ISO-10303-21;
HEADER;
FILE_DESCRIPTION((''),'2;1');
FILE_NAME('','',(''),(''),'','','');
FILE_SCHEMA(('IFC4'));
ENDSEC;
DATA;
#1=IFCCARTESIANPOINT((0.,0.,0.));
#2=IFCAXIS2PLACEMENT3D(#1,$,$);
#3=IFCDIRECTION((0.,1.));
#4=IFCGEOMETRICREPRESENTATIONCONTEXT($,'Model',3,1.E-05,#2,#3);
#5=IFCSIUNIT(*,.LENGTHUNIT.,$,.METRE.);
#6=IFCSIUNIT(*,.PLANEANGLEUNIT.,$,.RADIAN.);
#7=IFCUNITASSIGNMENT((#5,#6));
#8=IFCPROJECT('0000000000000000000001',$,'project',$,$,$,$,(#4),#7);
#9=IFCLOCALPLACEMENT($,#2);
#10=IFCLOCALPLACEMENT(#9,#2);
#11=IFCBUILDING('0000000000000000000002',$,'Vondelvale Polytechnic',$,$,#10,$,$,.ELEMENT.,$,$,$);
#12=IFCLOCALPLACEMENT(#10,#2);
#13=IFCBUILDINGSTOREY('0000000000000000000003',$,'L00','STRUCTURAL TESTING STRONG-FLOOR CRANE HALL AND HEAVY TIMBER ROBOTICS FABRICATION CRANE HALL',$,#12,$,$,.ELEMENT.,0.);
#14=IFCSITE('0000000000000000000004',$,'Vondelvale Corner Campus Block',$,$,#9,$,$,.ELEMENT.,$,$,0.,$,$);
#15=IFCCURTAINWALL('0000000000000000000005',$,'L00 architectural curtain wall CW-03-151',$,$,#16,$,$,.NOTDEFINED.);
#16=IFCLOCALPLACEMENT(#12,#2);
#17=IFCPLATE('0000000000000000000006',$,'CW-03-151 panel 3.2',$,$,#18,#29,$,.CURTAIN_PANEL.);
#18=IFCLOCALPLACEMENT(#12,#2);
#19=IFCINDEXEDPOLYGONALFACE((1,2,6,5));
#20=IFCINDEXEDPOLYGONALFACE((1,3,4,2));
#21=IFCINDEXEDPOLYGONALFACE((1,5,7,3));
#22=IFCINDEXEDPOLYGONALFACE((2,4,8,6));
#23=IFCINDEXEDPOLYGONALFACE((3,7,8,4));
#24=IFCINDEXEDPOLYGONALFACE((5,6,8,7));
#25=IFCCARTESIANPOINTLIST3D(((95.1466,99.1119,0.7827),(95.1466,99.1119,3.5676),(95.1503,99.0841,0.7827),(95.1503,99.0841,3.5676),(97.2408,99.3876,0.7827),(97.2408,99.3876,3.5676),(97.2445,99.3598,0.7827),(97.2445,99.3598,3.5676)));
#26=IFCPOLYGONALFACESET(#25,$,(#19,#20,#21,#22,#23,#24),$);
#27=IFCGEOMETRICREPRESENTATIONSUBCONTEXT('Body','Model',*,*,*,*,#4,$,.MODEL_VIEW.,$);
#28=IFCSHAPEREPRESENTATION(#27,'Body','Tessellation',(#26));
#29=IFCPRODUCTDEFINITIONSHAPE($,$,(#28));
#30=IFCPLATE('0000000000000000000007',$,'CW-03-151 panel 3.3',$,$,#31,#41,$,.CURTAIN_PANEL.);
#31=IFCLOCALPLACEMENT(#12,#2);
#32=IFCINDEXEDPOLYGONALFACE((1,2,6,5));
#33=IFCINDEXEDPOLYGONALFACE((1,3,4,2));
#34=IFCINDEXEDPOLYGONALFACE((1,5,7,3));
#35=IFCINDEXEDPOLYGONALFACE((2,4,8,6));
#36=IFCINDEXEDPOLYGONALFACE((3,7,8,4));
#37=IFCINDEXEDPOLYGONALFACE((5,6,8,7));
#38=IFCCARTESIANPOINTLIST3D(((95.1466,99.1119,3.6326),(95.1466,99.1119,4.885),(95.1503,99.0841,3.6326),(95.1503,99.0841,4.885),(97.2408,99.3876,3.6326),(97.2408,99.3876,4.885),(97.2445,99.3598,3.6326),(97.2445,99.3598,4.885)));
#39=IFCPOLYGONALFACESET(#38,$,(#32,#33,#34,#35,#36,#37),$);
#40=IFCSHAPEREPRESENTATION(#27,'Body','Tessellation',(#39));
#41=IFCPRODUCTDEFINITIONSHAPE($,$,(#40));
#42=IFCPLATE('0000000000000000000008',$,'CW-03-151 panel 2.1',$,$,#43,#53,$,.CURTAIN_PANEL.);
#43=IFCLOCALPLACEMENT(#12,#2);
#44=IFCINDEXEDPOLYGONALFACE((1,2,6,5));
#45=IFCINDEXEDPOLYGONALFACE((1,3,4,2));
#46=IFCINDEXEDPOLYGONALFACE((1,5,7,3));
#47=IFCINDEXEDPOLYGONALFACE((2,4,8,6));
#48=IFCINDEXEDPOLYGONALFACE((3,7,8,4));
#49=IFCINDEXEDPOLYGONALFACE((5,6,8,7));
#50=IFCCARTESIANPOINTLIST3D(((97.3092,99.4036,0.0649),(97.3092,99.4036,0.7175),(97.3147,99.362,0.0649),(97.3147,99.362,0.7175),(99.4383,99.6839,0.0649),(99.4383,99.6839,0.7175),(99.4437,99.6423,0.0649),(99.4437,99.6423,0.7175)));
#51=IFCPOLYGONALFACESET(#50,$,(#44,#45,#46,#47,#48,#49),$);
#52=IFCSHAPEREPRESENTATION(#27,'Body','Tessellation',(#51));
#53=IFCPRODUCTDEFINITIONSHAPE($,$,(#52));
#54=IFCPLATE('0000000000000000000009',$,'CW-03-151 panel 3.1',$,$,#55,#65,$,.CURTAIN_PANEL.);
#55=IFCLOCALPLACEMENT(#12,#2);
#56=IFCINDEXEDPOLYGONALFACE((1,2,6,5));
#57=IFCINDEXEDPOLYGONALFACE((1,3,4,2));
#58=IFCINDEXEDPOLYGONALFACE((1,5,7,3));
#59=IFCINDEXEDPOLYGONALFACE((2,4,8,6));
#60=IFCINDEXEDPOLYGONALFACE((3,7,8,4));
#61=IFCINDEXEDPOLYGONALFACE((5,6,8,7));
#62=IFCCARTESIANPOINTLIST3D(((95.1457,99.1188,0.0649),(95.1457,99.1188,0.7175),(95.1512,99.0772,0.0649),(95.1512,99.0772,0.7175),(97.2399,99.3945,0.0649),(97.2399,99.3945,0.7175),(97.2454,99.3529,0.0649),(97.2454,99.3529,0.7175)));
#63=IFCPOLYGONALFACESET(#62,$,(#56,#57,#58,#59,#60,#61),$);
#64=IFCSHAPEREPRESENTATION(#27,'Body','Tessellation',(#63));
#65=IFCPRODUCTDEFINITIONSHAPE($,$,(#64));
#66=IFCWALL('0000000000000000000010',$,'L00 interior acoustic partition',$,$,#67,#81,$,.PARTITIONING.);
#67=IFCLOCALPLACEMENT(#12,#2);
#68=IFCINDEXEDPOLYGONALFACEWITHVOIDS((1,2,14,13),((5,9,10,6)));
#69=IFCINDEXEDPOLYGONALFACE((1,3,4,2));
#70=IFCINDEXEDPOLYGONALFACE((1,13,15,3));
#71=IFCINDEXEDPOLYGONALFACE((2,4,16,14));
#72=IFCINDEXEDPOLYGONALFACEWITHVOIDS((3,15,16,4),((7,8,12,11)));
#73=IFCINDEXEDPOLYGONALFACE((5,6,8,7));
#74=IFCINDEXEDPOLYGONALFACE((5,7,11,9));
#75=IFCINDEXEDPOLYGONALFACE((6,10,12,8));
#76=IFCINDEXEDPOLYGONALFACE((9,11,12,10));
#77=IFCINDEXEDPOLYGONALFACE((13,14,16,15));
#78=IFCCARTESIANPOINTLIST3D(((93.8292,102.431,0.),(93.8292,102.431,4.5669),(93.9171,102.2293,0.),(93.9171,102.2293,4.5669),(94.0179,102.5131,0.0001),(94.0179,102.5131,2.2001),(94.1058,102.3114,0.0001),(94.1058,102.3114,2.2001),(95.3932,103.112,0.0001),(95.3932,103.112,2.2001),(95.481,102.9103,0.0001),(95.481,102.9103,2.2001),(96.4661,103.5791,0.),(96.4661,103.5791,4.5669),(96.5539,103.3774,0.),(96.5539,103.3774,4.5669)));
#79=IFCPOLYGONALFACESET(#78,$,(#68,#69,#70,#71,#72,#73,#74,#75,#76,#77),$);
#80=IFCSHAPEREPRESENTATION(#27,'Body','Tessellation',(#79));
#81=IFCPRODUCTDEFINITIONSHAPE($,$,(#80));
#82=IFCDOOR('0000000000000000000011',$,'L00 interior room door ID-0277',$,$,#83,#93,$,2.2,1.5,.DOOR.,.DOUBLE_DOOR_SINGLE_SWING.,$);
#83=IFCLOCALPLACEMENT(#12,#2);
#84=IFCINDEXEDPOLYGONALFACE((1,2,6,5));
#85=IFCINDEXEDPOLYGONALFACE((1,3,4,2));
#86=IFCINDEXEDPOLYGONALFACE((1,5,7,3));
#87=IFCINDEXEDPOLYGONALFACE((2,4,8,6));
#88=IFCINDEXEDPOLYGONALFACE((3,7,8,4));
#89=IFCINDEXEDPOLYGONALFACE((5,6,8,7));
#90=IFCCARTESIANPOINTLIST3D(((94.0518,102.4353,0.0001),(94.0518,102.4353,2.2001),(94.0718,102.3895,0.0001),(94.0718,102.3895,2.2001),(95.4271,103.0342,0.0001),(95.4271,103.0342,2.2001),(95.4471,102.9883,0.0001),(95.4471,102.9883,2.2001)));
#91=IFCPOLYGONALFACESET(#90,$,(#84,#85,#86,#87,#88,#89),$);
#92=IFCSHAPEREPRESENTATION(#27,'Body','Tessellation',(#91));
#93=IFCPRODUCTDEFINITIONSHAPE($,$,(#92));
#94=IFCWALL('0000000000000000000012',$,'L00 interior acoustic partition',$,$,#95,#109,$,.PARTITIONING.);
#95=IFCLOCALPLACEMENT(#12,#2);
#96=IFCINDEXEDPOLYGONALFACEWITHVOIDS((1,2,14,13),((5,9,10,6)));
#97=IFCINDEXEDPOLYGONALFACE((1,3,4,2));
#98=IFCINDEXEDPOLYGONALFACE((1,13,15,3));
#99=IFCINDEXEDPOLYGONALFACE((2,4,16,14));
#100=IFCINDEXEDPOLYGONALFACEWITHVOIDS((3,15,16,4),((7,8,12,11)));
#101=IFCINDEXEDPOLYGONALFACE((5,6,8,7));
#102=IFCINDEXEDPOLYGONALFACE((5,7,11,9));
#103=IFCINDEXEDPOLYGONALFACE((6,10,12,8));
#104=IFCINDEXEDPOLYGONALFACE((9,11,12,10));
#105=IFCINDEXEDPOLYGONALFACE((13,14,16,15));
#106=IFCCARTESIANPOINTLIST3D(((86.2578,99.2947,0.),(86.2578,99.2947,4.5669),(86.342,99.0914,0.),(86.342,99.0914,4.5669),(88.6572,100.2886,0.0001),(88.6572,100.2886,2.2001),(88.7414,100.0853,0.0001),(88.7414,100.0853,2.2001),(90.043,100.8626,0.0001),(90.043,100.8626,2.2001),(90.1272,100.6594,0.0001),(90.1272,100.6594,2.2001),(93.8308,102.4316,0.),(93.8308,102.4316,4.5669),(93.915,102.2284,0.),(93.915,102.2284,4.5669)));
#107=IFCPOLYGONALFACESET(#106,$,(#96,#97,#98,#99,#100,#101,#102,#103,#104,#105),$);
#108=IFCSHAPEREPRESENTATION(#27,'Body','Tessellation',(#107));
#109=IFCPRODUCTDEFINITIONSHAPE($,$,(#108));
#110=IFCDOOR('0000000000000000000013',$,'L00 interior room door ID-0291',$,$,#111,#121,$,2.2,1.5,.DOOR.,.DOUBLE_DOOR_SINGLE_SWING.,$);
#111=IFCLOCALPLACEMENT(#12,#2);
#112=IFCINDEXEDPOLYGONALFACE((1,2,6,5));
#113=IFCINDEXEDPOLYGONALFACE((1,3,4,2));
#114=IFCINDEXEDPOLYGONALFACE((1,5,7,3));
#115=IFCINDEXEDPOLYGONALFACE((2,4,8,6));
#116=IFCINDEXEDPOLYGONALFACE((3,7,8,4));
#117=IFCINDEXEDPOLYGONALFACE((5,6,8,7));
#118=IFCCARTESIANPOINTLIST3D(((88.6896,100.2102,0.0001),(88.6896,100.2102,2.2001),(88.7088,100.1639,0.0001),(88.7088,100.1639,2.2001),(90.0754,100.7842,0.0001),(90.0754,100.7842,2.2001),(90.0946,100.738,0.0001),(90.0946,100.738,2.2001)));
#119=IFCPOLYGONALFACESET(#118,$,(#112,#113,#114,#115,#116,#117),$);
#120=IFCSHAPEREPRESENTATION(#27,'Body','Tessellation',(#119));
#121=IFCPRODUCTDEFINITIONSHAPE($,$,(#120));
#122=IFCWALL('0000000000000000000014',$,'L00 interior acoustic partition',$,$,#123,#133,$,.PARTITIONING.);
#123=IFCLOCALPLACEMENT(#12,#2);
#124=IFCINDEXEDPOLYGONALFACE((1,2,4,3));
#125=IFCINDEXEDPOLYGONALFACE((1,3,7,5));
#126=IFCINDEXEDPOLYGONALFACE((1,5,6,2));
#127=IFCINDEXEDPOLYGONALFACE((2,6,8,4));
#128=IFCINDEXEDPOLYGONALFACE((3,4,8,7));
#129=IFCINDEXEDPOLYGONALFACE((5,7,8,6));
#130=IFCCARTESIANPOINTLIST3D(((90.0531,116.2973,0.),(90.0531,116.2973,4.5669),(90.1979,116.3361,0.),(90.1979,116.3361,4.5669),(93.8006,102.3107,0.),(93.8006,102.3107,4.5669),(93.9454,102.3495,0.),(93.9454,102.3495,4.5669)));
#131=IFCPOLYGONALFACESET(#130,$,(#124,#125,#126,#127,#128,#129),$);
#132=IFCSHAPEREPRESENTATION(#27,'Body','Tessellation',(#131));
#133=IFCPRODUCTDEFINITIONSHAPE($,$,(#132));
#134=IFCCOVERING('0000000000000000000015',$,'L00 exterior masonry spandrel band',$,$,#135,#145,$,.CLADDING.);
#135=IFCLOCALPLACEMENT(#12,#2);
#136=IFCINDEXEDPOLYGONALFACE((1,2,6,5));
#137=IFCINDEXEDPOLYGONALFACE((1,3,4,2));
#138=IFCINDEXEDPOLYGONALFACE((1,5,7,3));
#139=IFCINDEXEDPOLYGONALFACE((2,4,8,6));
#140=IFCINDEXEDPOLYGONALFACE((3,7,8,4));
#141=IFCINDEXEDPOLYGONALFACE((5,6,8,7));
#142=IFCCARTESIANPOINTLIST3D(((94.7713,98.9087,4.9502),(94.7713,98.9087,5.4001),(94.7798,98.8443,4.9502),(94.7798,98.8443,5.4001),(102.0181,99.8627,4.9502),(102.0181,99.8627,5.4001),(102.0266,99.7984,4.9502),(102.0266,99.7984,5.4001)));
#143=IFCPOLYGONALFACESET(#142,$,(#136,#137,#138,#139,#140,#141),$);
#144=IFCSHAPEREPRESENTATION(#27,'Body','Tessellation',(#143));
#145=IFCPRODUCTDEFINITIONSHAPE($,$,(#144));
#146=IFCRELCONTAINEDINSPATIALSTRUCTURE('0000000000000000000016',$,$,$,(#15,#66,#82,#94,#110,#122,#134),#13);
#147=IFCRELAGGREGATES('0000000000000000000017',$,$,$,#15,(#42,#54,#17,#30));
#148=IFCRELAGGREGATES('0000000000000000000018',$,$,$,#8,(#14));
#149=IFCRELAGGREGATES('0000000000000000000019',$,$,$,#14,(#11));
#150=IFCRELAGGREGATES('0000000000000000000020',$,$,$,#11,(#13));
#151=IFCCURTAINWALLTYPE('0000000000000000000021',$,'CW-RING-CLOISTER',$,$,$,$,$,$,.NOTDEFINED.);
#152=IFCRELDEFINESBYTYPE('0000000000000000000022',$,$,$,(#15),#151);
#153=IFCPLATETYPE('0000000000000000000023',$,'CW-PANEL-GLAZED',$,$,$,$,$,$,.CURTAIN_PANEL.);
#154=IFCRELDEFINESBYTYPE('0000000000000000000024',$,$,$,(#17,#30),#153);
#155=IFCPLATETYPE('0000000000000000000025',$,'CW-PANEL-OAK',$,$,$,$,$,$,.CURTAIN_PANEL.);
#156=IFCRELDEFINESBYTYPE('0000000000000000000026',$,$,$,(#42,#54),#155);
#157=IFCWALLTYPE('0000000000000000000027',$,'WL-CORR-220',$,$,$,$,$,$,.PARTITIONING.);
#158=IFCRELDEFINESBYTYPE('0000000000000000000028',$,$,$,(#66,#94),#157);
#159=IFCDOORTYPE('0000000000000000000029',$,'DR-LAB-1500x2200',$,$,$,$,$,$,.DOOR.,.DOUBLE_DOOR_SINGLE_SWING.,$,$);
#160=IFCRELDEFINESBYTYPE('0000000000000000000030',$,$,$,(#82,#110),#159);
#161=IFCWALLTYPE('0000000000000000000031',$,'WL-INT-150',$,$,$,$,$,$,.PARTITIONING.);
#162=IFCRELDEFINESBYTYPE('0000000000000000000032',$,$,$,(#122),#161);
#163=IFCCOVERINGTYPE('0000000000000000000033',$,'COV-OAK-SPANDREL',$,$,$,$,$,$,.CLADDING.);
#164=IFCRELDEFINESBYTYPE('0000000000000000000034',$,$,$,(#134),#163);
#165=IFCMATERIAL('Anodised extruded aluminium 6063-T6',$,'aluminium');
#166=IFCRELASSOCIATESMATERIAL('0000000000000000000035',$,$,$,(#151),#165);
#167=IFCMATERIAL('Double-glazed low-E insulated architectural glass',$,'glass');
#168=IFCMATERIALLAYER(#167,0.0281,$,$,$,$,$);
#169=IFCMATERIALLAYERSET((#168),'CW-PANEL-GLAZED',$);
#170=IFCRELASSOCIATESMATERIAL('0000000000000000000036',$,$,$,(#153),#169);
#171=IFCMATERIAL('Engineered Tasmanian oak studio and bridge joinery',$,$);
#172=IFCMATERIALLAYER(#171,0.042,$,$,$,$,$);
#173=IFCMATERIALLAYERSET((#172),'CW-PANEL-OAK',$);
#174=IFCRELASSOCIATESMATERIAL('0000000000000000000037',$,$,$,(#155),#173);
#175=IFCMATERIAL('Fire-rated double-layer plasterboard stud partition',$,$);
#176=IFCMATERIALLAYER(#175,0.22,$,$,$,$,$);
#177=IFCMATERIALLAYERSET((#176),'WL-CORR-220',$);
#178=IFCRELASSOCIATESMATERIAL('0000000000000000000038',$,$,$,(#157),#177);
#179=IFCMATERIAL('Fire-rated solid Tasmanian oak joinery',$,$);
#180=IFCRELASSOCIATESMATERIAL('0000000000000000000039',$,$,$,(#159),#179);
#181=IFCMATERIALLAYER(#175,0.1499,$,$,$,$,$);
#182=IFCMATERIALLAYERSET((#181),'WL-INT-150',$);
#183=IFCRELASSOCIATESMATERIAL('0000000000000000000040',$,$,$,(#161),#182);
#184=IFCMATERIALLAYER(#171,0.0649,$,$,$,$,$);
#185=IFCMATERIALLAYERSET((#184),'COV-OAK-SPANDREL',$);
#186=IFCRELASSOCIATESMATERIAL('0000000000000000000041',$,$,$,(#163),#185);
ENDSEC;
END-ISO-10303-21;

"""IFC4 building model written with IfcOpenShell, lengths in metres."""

from ifc_helpers import new_model, si_unit, direction, frame, frame_2d, origin, origin_2d, place, context, subcontext, project, spatial, rectangle, extrude, material, layer, layer_set, type_object, element, fill, aggregate, save


model = new_model("IFC4")

# Units and contexts
model_context = context("Model", 3, precision=1e-05, world=origin(), true_north=direction((0.0, 1.0)))
body_context = subcontext(model_context, "Body", "Model", "MODEL_VIEW")
ifc_project = project(units=[si_unit("LENGTHUNIT", "METRE"), si_unit("PLANEANGLEUNIT", "RADIAN")], contexts=[model_context])

# Site, building, storey
site_placement = place(None, origin())
site = spatial("IfcSite", under=ifc_project, at=site_placement, Name="Vondelvale Corner Campus Block", CompositionType="ELEMENT", RefElevation=0.0)
building_placement = place(site_placement, origin())
building = spatial("IfcBuilding", under=site, at=building_placement, Name="Vondelvale Polytechnic", CompositionType="ELEMENT")
storey_placement = place(building_placement, origin())
storey = spatial("IfcBuildingStorey", under=building, at=storey_placement, Name="L00", Description="STRUCTURAL TESTING STRONG-FLOOR CRANE HALL AND HEAVY TIMBER ROBOTICS FABRICATION CRANE HALL", CompositionType="ELEMENT", Elevation=0.0)

# Curtain wall
ifc_material_1 = material(Name="Anodised extruded aluminium 6063-T6", Category="aluminium")
curtain_wall_type = type_object("IfcCurtainWallType", Name="CW-RING-CLOISTER", PredefinedType="NOTDEFINED", material=ifc_material_1)
curtain_wall_1_placement = place(storey_placement, origin())
curtain_wall_1 = element("IfcCurtainWall", 1, at=curtain_wall_1_placement, inside=storey, type_object=curtain_wall_type, Name="L00 architectural curtain wall CW-03-151", PredefinedType="NOTDEFINED")

# Plates
ifc_material_2 = material(Name="Double-glazed low-E insulated architectural glass", Category="glass")
ifc_layer_1 = layer(ifc_material_2, 0.0281)
ifc_layer_set_1 = layer_set([ifc_layer_1], Name="CW-PANEL-GLAZED")
plate_type_1 = type_object("IfcPlateType", Name="CW-PANEL-GLAZED", PredefinedType="CURTAIN_PANEL", material=ifc_layer_set_1)
plate_1_placement = place(storey_placement, frame((96.1956, 99.2358, 0.7827), z_axis=(0.0, 0.0, 1.0), x_axis=(-0.991445, -0.130528, 0.0)))
plate_1 = element("IfcPlate", 2, at=plate_1_placement, type_object=plate_type_1, Name="CW-03-151 panel 3.2", PredefinedType="CURTAIN_PANEL", context=body_context, shape_type="SweptSolid", body=[
    extrude(rectangle(XDim=2.1123, YDim=0.0281, at=origin_2d()), origin(), (0.0, 0.0, 1.0), 2.7849),
])
plate_2_placement = place(storey_placement, frame((96.1956, 99.2358, 3.6326), z_axis=(0.0, 0.0, 1.0), x_axis=(-0.991445, -0.130528, 0.0)))
plate_2 = element("IfcPlate", 3, at=plate_2_placement, type_object=plate_type_1, Name="CW-03-151 panel 3.3", PredefinedType="CURTAIN_PANEL", context=body_context, shape_type="SweptSolid", body=[
    extrude(rectangle(XDim=2.1123, YDim=0.0281, at=origin_2d()), origin(), (0.0, 0.0, 1.0), 1.2524),
])
ifc_material_3 = material(Name="Engineered Tasmanian oak studio and bridge joinery")
ifc_layer_2 = layer(ifc_material_3, 0.042)
ifc_layer_set_2 = layer_set([ifc_layer_2], Name="CW-PANEL-OAK")
plate_type_2 = type_object("IfcPlateType", Name="CW-PANEL-OAK", PredefinedType="CURTAIN_PANEL", material=ifc_layer_set_2)
plate_3_placement = place(storey_placement, frame((98.3765, 99.5229, 0.0649), z_axis=(0.0, 0.0, 1.0), x_axis=(-0.991445, -0.130528, 0.0)))
plate_3 = element("IfcPlate", 4, at=plate_3_placement, type_object=plate_type_2, Name="CW-03-151 panel 2.1", PredefinedType="CURTAIN_PANEL", context=body_context, shape_type="SweptSolid", body=[
    extrude(rectangle(XDim=2.1475, YDim=0.042, at=origin_2d()), origin(), (0.0, 0.0, 1.0), 0.6526),
])
plate_4_placement = place(storey_placement, frame((96.1956, 99.2358, 0.0649), z_axis=(0.0, 0.0, 1.0), x_axis=(-0.991445, -0.130528, 0.0)))
plate_4 = element("IfcPlate", 5, at=plate_4_placement, type_object=plate_type_2, Name="CW-03-151 panel 3.1", PredefinedType="CURTAIN_PANEL", context=body_context, shape_type="SweptSolid", body=[
    extrude(rectangle(XDim=2.1123, YDim=0.042, at=origin_2d()), origin(), (0.0, 0.0, 1.0), 0.6526),
])
aggregate(curtain_wall_1, [plate_3, plate_4, plate_1, plate_2])

# Walls, openings, doors
ifc_material_4 = material(Name="Fire-rated double-layer plasterboard stud partition")
ifc_layer_3 = layer(ifc_material_4, 0.22)
ifc_layer_set_3 = layer_set([ifc_layer_3], Name="WL-CORR-220")
wall_type_1 = type_object("IfcWallType", Name="WL-CORR-220", PredefinedType="PARTITIONING", material=ifc_layer_set_3)
wall_1_placement = place(storey_placement, frame((96.51, 103.4783, 0.0), z_axis=(0.0, 0.0, 1.0), x_axis=(-0.916855, -0.39922, 0.0)))
wall_1 = element("IfcWall", 6, at=wall_1_placement, inside=storey, type_object=wall_type_1, Name="L00 interior acoustic partition", PredefinedType="PARTITIONING", context=body_context, shape_type="SweptSolid", body=[
    extrude(rectangle(XDim=2.876, YDim=0.22, at=frame_2d((1.438, 0.0))), origin(), (0.0, 0.0, 1.0), 4.5669),
])
opening_1_placement = place(wall_1_placement, frame((1.1702, 0.0, 0.0)))
opening_1 = element("IfcOpeningElement", 7, at=opening_1_placement, cuts=wall_1, PredefinedType="OPENING", context=body_context, shape_type="SweptSolid", body=[
    extrude(rectangle(XDim=1.5, YDim=2.2, at=frame_2d((0.75, 1.1001))), frame((0.0, 0.1199, 0.0), z_axis=(0.0, -1.0, 0.0), x_axis=(1.0, 0.0, 0.0)), (0.0, 0.0, 1.0), 0.24),
])
ifc_material_5 = material(Name="Fire-rated solid Tasmanian oak joinery")
door_type = type_object("IfcDoorType", Name="DR-LAB-1500x2200", OperationType="DOUBLE_DOOR_SINGLE_SWING", PredefinedType="DOOR", material=ifc_material_5)
door_1_placement = place(opening_1_placement, origin())
door_1 = element("IfcDoor", 8, at=door_1_placement, inside=storey, type_object=door_type, Name="L00 interior room door ID-0277", OperationType="DOUBLE_DOOR_SINGLE_SWING", OverallHeight=2.2, OverallWidth=1.5, PredefinedType="DOOR", context=body_context, shape_type="SweptSolid", body=[
    extrude(rectangle(XDim=1.5, YDim=2.2, at=frame_2d((0.75, 1.1001))), frame((0.0, 0.0249, 0.0), z_axis=(0.0, -1.0, 0.0), x_axis=(1.0, 0.0, 0.0)), (0.0, 0.0, 1.0), 0.05),
])
fill(opening_1, door_1)
wall_2_placement = place(storey_placement, frame((93.873, 102.3301, 0.0), z_axis=(0.0, 0.0, 1.0), x_axis=(-0.923874, -0.382696, 0.0)))
wall_2 = element("IfcWall", 9, at=wall_2_placement, inside=storey, type_object=wall_type_1, Name="L00 interior acoustic partition", PredefinedType="PARTITIONING", context=body_context, shape_type="SweptSolid", body=[
    extrude(rectangle(XDim=8.197, YDim=0.22, at=frame_2d((4.0986, 0.0))), origin(), (0.0, 0.0, 1.0), 4.5669),
])
opening_2_placement = place(wall_2_placement, frame((4.1001, 0.0, 0.0)))
opening_2 = element("IfcOpeningElement", 10, at=opening_2_placement, cuts=wall_2, PredefinedType="OPENING", context=body_context, shape_type="SweptSolid", body=[
    extrude(rectangle(XDim=1.5, YDim=2.2, at=frame_2d((0.75, 1.1001))), frame((0.0, 0.1199, 0.0), z_axis=(0.0, -1.0, 0.0), x_axis=(1.0, 0.0, 0.0)), (0.0, 0.0, 1.0), 0.24),
])
door_2_placement = place(opening_2_placement, origin())
door_2 = element("IfcDoor", 11, at=door_2_placement, inside=storey, type_object=door_type, Name="L00 interior room door ID-0291", OperationType="DOUBLE_DOOR_SINGLE_SWING", OverallHeight=2.2, OverallWidth=1.5, PredefinedType="DOOR", context=body_context, shape_type="SweptSolid", body=[
    extrude(rectangle(XDim=1.5, YDim=2.2, at=frame_2d((0.75, 1.1001))), frame((0.0, 0.0249, 0.0), z_axis=(0.0, -1.0, 0.0), x_axis=(1.0, 0.0, 0.0)), (0.0, 0.0, 1.0), 0.05),
])
fill(opening_2, door_2)

# Wall
ifc_layer_4 = layer(ifc_material_4, 0.1499)
ifc_layer_set_4 = layer_set([ifc_layer_4], Name="WL-INT-150")
wall_type_2 = type_object("IfcWallType", Name="WL-INT-150", PredefinedType="PARTITIONING", material=ifc_layer_set_4)
wall_3_placement = place(storey_placement, frame((93.873, 102.3301, 0.0), z_axis=(0.0, 0.0, 1.0), x_axis=(-0.258811, 0.965928, 0.0)))
element("IfcWall", 12, at=wall_3_placement, inside=storey, type_object=wall_type_2, Name="L00 interior acoustic partition", PredefinedType="PARTITIONING", context=body_context, shape_type="SweptSolid", body=[
    extrude(rectangle(XDim=14.48, YDim=0.1499, at=frame_2d((7.24, 0.0))), origin(), (0.0, 0.0, 1.0), 4.5669),
])

# Covering
ifc_layer_5 = layer(ifc_material_3, 0.0649)
ifc_layer_set_5 = layer_set([ifc_layer_5], Name="COV-OAK-SPANDREL")
covering_type = type_object("IfcCoveringType", Name="COV-OAK-SPANDREL", PredefinedType="CLADDING", material=ifc_layer_set_5)
covering_placement = place(storey_placement, frame((98.3989, 99.3535, 4.9502), z_axis=(0.0, 0.0, 1.0), x_axis=(-0.991445, -0.130526, 0.0)))
element("IfcCovering", 13, at=covering_placement, inside=storey, type_object=covering_type, Name="L00 exterior masonry spandrel band", PredefinedType="CLADDING", context=body_context, shape_type="SweptSolid", body=[
    extrude(rectangle(XDim=7.3093, YDim=0.0649, at=origin_2d()), origin(), (0.0, 0.0, 1.0), 0.45),
])

save(model, "model.ifc")
